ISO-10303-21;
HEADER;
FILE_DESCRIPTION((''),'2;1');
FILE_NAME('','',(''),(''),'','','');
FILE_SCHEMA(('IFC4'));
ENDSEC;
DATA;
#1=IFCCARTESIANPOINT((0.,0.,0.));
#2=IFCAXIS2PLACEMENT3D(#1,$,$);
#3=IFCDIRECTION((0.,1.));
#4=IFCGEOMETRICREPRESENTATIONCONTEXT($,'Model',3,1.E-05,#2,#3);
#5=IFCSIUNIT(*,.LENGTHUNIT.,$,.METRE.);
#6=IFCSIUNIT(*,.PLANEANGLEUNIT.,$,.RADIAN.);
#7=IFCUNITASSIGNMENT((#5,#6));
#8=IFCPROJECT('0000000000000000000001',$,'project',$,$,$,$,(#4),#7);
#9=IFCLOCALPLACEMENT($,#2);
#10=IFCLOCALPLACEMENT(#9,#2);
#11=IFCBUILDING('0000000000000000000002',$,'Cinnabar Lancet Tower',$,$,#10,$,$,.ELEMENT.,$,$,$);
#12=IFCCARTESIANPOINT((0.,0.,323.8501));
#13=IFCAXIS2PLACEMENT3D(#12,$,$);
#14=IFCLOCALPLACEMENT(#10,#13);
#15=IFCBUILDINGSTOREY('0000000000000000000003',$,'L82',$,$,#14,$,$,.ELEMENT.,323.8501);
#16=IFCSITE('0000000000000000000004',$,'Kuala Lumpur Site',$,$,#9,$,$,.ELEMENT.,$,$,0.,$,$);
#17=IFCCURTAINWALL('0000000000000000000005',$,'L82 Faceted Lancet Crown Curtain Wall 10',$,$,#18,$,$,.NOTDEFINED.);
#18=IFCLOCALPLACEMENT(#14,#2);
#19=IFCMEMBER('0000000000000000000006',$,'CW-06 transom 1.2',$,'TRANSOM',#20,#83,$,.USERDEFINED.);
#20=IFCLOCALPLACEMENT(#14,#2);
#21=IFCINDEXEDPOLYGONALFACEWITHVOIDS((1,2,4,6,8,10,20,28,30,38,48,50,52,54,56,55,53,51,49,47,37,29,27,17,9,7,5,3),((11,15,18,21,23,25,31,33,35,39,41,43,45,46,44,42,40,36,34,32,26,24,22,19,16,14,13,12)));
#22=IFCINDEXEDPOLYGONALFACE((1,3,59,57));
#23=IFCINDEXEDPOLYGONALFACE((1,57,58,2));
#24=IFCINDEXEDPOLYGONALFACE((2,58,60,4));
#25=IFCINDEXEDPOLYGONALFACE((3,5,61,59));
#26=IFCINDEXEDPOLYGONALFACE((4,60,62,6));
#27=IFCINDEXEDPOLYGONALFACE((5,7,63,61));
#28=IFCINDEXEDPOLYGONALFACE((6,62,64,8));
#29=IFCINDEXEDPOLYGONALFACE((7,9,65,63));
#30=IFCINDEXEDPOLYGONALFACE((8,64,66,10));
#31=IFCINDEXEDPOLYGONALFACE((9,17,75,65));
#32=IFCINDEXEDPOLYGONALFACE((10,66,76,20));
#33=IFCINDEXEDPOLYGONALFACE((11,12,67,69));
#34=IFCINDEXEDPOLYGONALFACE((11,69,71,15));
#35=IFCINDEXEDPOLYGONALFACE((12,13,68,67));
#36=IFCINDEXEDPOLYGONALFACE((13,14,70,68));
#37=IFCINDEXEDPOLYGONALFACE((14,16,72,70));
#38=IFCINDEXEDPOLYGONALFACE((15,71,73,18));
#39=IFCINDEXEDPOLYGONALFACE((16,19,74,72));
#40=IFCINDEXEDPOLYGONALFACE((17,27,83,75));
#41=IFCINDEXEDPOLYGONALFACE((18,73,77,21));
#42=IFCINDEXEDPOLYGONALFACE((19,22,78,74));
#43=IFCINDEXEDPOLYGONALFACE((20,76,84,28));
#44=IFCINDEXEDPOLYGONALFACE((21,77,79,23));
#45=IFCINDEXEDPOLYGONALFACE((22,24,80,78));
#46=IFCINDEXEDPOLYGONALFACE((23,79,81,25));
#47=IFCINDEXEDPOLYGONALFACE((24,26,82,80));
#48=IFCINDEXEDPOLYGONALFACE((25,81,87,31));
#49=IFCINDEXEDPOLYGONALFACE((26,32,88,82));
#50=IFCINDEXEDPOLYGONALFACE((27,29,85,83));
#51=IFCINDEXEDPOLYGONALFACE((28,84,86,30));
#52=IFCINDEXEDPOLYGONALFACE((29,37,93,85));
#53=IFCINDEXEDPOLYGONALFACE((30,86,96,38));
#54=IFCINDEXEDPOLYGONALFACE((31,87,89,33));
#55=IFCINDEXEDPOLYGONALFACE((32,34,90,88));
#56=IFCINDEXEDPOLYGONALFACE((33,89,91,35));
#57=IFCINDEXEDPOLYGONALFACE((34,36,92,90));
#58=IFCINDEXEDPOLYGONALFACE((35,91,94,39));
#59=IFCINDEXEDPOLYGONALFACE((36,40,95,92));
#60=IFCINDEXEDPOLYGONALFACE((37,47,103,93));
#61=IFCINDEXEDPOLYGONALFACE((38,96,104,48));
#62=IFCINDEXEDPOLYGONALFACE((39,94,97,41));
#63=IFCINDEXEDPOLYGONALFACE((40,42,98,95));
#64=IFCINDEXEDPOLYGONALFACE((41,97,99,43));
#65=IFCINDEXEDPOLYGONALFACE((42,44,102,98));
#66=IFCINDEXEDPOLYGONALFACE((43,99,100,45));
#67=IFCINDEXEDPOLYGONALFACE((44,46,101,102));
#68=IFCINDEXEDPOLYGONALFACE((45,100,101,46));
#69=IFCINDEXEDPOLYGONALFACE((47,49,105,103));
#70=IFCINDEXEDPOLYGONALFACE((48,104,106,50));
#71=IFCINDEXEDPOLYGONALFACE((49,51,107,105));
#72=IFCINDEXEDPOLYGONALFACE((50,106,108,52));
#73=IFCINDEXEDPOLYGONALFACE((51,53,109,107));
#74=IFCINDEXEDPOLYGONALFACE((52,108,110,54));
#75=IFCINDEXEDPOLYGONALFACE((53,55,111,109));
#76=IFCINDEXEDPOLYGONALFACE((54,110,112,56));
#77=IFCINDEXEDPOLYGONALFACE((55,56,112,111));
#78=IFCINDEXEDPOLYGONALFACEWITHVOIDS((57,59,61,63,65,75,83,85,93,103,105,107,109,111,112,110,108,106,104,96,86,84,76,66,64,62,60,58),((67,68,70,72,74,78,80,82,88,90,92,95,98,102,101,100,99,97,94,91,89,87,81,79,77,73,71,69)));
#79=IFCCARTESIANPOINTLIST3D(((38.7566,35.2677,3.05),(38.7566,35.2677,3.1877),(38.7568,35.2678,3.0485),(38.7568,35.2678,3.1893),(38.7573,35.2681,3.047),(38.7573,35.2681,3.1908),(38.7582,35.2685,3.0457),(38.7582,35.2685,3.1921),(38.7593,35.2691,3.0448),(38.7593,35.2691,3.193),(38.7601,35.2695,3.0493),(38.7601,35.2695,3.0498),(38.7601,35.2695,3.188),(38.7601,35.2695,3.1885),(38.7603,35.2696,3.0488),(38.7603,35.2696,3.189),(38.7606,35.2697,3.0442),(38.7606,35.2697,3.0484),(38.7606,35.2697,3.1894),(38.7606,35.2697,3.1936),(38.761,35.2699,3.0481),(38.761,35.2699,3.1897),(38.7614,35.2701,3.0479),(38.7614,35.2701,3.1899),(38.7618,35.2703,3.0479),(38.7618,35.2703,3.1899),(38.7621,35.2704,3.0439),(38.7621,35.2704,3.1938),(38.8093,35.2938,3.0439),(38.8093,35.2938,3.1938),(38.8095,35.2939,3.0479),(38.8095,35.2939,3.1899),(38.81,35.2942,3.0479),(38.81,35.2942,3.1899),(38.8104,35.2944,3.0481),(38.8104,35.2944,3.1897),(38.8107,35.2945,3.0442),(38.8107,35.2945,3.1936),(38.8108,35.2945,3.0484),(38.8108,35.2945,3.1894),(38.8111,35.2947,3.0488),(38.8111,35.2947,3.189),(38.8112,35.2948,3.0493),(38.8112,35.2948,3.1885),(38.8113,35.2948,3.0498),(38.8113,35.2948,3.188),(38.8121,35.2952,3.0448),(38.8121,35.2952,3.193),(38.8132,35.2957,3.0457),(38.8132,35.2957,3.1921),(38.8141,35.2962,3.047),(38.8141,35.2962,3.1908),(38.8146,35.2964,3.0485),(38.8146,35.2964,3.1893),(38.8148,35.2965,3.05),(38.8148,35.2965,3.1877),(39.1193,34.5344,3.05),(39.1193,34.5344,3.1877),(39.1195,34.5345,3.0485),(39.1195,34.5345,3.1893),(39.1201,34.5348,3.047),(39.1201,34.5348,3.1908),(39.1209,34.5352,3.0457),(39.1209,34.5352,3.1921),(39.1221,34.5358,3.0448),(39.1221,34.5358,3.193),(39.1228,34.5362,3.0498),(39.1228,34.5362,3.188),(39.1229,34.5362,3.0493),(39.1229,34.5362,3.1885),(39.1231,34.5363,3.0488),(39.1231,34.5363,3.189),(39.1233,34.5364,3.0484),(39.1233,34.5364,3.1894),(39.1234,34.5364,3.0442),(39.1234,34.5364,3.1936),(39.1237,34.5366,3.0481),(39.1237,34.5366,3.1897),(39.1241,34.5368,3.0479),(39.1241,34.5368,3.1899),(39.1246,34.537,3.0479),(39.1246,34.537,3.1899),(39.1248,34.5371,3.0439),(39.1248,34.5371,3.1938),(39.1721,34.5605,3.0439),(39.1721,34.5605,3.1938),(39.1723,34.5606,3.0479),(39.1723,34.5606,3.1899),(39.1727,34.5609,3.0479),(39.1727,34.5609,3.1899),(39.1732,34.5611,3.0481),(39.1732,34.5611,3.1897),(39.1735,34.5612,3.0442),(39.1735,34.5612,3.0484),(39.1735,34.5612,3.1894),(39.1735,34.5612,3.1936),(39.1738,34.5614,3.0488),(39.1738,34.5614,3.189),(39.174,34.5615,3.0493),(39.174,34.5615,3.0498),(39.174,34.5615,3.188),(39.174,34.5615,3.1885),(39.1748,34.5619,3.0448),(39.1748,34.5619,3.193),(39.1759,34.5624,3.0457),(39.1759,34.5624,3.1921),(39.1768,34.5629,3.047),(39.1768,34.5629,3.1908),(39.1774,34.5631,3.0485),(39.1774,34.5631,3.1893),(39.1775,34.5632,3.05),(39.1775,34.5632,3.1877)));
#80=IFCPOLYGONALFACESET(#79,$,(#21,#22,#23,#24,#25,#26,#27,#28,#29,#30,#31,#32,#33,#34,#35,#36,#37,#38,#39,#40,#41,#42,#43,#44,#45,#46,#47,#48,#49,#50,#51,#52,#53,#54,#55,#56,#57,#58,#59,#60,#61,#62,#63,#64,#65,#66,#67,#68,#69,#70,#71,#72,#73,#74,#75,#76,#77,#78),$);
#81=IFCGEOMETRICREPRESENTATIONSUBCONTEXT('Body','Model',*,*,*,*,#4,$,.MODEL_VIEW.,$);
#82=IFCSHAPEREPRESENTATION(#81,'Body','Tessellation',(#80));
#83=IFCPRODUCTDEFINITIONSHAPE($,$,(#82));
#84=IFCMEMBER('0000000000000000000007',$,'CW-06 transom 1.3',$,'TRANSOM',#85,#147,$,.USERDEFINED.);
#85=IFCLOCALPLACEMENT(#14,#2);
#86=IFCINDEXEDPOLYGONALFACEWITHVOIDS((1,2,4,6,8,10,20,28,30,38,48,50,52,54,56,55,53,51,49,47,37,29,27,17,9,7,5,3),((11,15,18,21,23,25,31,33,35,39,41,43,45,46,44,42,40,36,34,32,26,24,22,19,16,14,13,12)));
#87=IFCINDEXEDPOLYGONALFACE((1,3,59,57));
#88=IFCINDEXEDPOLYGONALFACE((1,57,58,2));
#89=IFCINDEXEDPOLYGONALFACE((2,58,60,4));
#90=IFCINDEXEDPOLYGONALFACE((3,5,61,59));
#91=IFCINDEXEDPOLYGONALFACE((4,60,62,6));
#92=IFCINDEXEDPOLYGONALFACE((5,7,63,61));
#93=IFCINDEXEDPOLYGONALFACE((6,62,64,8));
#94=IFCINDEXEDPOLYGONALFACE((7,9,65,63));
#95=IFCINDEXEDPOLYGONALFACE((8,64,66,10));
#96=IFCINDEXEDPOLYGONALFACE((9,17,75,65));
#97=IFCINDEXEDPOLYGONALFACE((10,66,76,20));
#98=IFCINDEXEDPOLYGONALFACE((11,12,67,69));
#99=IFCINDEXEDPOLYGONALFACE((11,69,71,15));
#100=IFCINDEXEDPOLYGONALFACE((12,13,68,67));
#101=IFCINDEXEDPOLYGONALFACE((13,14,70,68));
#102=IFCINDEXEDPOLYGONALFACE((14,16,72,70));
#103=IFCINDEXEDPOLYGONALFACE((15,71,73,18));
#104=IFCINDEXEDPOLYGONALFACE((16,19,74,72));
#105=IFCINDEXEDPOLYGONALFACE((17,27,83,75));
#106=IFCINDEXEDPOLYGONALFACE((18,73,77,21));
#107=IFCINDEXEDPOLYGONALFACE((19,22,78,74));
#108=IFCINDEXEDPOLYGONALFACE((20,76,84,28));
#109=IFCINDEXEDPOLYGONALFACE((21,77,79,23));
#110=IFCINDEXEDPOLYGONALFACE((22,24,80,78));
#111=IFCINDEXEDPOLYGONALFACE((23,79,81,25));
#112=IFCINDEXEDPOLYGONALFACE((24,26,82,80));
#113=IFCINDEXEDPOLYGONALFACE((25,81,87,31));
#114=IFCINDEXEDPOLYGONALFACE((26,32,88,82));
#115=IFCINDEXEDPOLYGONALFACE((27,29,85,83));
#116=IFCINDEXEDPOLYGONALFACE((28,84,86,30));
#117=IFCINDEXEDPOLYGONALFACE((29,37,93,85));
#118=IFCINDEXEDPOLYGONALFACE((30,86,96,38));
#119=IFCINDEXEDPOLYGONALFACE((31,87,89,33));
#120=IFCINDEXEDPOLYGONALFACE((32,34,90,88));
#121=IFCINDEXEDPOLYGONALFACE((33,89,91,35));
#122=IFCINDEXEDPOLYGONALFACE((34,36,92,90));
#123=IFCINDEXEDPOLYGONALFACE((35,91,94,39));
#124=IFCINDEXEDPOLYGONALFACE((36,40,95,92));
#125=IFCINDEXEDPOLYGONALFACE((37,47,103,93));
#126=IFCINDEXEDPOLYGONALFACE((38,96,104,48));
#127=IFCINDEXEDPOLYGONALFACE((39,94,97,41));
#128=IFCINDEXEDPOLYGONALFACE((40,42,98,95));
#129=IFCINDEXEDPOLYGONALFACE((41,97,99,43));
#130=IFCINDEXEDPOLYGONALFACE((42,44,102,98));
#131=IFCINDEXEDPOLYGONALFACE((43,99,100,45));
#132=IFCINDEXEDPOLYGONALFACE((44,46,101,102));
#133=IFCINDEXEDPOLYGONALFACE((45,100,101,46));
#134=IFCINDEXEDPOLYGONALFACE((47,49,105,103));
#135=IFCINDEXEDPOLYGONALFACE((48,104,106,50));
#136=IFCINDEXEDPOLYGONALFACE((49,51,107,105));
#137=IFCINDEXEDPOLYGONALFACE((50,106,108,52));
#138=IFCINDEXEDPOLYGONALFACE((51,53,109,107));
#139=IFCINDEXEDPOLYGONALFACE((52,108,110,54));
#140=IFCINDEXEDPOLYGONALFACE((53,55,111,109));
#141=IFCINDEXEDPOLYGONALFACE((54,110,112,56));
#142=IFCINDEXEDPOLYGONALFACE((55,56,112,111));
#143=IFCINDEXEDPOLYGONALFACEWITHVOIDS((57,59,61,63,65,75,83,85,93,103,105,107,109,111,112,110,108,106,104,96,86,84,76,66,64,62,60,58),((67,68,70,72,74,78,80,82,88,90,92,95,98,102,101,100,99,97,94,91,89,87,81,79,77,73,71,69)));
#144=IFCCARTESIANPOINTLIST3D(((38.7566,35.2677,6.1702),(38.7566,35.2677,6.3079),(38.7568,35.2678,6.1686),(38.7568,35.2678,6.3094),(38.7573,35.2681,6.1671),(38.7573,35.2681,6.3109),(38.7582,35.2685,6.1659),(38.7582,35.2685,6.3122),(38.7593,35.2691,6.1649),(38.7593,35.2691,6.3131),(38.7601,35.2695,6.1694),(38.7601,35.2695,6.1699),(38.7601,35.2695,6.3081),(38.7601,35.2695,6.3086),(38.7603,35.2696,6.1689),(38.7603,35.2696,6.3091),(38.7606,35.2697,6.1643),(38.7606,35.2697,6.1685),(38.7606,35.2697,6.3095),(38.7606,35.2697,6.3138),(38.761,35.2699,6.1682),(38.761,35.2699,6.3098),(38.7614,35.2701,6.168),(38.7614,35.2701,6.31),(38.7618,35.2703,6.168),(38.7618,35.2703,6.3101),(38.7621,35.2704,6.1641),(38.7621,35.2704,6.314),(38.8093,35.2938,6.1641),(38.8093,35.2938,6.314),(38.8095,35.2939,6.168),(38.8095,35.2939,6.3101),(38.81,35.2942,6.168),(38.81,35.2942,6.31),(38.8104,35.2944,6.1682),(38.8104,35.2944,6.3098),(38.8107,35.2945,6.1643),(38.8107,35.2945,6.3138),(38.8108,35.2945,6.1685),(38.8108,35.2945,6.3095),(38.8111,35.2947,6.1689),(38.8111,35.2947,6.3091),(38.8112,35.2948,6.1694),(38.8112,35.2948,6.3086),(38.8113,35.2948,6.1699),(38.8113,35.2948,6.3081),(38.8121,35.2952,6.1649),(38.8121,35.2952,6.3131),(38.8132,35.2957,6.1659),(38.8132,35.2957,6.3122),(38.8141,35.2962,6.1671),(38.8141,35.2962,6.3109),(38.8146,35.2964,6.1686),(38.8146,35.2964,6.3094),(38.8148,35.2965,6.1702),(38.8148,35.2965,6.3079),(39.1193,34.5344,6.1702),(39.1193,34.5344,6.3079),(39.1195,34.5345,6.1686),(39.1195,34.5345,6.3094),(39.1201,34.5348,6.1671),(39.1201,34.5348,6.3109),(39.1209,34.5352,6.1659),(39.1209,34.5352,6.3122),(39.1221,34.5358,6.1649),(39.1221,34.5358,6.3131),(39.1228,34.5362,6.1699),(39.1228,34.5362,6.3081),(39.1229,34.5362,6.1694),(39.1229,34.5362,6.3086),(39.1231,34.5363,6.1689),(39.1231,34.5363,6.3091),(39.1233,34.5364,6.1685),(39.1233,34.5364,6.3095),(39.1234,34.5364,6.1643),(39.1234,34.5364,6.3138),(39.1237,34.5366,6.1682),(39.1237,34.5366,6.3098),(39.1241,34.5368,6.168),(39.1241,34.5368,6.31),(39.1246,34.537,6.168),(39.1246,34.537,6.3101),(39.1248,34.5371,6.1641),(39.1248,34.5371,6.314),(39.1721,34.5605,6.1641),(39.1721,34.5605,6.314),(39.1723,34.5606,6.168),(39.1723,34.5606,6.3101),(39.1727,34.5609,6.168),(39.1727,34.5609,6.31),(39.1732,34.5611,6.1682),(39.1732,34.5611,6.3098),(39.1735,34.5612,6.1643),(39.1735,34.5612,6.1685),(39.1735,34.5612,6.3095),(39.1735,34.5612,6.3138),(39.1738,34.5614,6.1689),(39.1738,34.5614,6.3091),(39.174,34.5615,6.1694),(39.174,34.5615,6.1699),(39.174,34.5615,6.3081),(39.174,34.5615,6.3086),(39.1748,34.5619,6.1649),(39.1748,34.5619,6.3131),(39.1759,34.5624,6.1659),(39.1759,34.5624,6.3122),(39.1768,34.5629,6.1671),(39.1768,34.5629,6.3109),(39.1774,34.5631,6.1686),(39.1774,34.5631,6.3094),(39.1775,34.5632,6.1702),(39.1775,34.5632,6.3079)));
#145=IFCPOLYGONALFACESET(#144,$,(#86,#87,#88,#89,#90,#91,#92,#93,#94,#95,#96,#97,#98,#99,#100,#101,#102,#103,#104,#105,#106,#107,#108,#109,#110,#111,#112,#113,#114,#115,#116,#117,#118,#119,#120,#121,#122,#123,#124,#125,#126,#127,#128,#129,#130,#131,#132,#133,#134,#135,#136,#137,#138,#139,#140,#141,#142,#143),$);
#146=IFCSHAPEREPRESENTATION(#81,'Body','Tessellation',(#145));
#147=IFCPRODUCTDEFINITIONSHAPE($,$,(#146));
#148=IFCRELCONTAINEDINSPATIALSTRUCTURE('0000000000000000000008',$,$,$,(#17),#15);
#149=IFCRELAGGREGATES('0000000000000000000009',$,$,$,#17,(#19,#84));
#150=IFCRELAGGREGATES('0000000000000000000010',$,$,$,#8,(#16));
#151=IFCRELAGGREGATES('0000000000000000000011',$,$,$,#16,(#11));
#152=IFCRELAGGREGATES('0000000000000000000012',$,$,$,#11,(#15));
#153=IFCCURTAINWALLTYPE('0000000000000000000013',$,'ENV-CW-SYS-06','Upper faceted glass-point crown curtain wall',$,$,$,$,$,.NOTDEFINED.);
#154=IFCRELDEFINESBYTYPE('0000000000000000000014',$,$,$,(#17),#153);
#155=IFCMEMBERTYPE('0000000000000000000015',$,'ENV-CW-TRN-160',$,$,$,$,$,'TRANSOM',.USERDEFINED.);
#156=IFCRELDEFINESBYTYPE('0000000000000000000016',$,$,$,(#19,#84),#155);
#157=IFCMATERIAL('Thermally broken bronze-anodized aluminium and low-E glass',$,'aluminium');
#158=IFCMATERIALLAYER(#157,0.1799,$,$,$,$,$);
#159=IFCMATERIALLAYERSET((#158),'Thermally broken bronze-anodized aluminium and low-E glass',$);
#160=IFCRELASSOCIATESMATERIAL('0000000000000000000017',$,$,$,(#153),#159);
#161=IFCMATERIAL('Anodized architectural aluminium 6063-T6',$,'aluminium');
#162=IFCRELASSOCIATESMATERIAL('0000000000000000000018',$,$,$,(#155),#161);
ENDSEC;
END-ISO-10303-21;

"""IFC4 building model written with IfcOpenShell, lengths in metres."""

from ifc_helpers import new_model, si_unit, direction, frame, origin, origin_2d, place, context, subcontext, project, spatial, hollow_rectangle, extrude, material, layer, layer_set, material_profile, profile_set, type_object, element, aggregate, save


model = new_model("IFC4")

# Units and contexts
model_context = context("Model", 3, precision=1e-05, world=origin(), true_north=direction((0.0, 1.0)))
body_context = subcontext(model_context, "Body", "Model", "MODEL_VIEW")
ifc_project = project(units=[si_unit("LENGTHUNIT", "METRE"), si_unit("PLANEANGLEUNIT", "RADIAN")], contexts=[model_context])

# Site, building, storey
site_placement = place(None, origin())
site = spatial("IfcSite", under=ifc_project, at=site_placement, Name="Kuala Lumpur Site", CompositionType="ELEMENT", RefElevation=0.0)
building_placement = place(site_placement, origin())
building = spatial("IfcBuilding", under=site, at=building_placement, Name="Cinnabar Lancet Tower", CompositionType="ELEMENT")
storey_placement = place(building_placement, frame((0.0, 0.0, 323.8501)))
storey = spatial("IfcBuildingStorey", under=building, at=storey_placement, Name="L82", CompositionType="ELEMENT", Elevation=323.8501)

# Shared definitions
ifc_material_1 = material(Name="Thermally broken bronze-anodized aluminium and low-E glass", Category="aluminium")
ifc_layer_1 = layer(ifc_material_1, 0.1799)
ifc_layer_set_1 = layer_set([ifc_layer_1], Name="Thermally broken bronze-anodized aluminium and low-E glass")
curtain_wall_type = type_object("IfcCurtainWallType", Name="ENV-CW-SYS-06", Description="Upper faceted glass-point crown curtain wall", PredefinedType="NOTDEFINED", material=ifc_layer_set_1)

# Curtain wall
curtain_wall_1_placement = place(storey_placement, origin())
curtain_wall_1 = element("IfcCurtainWall", 1, at=curtain_wall_1_placement, inside=storey, type_object=curtain_wall_type, Name="L82 Faceted Lancet Crown Curtain Wall 10", PredefinedType="NOTDEFINED")

# Members
ifc_material_2 = material(Name="Anodized architectural aluminium 6063-T6", Category="aluminium")
ifc_material_profile_1 = material_profile(ifc_material_2, hollow_rectangle(XDim=0.0649, YDim=0.1499, WallThickness=0.0039, InnerFilletRadius=0.002, OuterFilletRadius=0.0061, at=origin_2d()), Name="CW-TRN 150x65x4")
ifc_profile_set_1 = profile_set([ifc_material_profile_1], Name="Anodized architectural aluminium 6063-T6")
member_type_1 = type_object("IfcMemberType", Name="ENV-CW-TRN-160", ElementType="TRANSOM", PredefinedType="USERDEFINED", material=ifc_profile_set_1)
member_1_placement = place(storey_placement, frame((39.1484, 34.5488, 3.1189), z_axis=(-0.44339, 0.896329, 0.0), x_axis=(-0.896329, -0.44339, 0.0)))
member_1 = element("IfcMember", 2, at=member_1_placement, type_object=member_type_1, Name="CW-06 transom 1.2", ObjectType="TRANSOM", PredefinedType="USERDEFINED", context=body_context, shape_type="SweptSolid", body=[
    extrude(hollow_rectangle(XDim=0.0649, YDim=0.1499, WallThickness=0.0039, InnerFilletRadius=0.002, OuterFilletRadius=0.0061, at=origin_2d()), origin(), (0.0, 0.0, 1.0), 0.8181),
])
member_2_placement = place(storey_placement, frame((39.1484, 34.5488, 6.239), z_axis=(-0.44339, 0.896329, 0.0), x_axis=(-0.896329, -0.44339, 0.0)))
member_2 = element("IfcMember", 3, at=member_2_placement, type_object=member_type_1, Name="CW-06 transom 1.3", ObjectType="TRANSOM", PredefinedType="USERDEFINED", context=body_context, shape_type="SweptSolid", body=[
    extrude(hollow_rectangle(XDim=0.0649, YDim=0.1499, WallThickness=0.0039, InnerFilletRadius=0.002, OuterFilletRadius=0.0061, at=origin_2d()), origin(), (0.0, 0.0, 1.0), 0.8181),
])

aggregate(curtain_wall_1, [member_1, member_2])

save(model, "model.ifc")
